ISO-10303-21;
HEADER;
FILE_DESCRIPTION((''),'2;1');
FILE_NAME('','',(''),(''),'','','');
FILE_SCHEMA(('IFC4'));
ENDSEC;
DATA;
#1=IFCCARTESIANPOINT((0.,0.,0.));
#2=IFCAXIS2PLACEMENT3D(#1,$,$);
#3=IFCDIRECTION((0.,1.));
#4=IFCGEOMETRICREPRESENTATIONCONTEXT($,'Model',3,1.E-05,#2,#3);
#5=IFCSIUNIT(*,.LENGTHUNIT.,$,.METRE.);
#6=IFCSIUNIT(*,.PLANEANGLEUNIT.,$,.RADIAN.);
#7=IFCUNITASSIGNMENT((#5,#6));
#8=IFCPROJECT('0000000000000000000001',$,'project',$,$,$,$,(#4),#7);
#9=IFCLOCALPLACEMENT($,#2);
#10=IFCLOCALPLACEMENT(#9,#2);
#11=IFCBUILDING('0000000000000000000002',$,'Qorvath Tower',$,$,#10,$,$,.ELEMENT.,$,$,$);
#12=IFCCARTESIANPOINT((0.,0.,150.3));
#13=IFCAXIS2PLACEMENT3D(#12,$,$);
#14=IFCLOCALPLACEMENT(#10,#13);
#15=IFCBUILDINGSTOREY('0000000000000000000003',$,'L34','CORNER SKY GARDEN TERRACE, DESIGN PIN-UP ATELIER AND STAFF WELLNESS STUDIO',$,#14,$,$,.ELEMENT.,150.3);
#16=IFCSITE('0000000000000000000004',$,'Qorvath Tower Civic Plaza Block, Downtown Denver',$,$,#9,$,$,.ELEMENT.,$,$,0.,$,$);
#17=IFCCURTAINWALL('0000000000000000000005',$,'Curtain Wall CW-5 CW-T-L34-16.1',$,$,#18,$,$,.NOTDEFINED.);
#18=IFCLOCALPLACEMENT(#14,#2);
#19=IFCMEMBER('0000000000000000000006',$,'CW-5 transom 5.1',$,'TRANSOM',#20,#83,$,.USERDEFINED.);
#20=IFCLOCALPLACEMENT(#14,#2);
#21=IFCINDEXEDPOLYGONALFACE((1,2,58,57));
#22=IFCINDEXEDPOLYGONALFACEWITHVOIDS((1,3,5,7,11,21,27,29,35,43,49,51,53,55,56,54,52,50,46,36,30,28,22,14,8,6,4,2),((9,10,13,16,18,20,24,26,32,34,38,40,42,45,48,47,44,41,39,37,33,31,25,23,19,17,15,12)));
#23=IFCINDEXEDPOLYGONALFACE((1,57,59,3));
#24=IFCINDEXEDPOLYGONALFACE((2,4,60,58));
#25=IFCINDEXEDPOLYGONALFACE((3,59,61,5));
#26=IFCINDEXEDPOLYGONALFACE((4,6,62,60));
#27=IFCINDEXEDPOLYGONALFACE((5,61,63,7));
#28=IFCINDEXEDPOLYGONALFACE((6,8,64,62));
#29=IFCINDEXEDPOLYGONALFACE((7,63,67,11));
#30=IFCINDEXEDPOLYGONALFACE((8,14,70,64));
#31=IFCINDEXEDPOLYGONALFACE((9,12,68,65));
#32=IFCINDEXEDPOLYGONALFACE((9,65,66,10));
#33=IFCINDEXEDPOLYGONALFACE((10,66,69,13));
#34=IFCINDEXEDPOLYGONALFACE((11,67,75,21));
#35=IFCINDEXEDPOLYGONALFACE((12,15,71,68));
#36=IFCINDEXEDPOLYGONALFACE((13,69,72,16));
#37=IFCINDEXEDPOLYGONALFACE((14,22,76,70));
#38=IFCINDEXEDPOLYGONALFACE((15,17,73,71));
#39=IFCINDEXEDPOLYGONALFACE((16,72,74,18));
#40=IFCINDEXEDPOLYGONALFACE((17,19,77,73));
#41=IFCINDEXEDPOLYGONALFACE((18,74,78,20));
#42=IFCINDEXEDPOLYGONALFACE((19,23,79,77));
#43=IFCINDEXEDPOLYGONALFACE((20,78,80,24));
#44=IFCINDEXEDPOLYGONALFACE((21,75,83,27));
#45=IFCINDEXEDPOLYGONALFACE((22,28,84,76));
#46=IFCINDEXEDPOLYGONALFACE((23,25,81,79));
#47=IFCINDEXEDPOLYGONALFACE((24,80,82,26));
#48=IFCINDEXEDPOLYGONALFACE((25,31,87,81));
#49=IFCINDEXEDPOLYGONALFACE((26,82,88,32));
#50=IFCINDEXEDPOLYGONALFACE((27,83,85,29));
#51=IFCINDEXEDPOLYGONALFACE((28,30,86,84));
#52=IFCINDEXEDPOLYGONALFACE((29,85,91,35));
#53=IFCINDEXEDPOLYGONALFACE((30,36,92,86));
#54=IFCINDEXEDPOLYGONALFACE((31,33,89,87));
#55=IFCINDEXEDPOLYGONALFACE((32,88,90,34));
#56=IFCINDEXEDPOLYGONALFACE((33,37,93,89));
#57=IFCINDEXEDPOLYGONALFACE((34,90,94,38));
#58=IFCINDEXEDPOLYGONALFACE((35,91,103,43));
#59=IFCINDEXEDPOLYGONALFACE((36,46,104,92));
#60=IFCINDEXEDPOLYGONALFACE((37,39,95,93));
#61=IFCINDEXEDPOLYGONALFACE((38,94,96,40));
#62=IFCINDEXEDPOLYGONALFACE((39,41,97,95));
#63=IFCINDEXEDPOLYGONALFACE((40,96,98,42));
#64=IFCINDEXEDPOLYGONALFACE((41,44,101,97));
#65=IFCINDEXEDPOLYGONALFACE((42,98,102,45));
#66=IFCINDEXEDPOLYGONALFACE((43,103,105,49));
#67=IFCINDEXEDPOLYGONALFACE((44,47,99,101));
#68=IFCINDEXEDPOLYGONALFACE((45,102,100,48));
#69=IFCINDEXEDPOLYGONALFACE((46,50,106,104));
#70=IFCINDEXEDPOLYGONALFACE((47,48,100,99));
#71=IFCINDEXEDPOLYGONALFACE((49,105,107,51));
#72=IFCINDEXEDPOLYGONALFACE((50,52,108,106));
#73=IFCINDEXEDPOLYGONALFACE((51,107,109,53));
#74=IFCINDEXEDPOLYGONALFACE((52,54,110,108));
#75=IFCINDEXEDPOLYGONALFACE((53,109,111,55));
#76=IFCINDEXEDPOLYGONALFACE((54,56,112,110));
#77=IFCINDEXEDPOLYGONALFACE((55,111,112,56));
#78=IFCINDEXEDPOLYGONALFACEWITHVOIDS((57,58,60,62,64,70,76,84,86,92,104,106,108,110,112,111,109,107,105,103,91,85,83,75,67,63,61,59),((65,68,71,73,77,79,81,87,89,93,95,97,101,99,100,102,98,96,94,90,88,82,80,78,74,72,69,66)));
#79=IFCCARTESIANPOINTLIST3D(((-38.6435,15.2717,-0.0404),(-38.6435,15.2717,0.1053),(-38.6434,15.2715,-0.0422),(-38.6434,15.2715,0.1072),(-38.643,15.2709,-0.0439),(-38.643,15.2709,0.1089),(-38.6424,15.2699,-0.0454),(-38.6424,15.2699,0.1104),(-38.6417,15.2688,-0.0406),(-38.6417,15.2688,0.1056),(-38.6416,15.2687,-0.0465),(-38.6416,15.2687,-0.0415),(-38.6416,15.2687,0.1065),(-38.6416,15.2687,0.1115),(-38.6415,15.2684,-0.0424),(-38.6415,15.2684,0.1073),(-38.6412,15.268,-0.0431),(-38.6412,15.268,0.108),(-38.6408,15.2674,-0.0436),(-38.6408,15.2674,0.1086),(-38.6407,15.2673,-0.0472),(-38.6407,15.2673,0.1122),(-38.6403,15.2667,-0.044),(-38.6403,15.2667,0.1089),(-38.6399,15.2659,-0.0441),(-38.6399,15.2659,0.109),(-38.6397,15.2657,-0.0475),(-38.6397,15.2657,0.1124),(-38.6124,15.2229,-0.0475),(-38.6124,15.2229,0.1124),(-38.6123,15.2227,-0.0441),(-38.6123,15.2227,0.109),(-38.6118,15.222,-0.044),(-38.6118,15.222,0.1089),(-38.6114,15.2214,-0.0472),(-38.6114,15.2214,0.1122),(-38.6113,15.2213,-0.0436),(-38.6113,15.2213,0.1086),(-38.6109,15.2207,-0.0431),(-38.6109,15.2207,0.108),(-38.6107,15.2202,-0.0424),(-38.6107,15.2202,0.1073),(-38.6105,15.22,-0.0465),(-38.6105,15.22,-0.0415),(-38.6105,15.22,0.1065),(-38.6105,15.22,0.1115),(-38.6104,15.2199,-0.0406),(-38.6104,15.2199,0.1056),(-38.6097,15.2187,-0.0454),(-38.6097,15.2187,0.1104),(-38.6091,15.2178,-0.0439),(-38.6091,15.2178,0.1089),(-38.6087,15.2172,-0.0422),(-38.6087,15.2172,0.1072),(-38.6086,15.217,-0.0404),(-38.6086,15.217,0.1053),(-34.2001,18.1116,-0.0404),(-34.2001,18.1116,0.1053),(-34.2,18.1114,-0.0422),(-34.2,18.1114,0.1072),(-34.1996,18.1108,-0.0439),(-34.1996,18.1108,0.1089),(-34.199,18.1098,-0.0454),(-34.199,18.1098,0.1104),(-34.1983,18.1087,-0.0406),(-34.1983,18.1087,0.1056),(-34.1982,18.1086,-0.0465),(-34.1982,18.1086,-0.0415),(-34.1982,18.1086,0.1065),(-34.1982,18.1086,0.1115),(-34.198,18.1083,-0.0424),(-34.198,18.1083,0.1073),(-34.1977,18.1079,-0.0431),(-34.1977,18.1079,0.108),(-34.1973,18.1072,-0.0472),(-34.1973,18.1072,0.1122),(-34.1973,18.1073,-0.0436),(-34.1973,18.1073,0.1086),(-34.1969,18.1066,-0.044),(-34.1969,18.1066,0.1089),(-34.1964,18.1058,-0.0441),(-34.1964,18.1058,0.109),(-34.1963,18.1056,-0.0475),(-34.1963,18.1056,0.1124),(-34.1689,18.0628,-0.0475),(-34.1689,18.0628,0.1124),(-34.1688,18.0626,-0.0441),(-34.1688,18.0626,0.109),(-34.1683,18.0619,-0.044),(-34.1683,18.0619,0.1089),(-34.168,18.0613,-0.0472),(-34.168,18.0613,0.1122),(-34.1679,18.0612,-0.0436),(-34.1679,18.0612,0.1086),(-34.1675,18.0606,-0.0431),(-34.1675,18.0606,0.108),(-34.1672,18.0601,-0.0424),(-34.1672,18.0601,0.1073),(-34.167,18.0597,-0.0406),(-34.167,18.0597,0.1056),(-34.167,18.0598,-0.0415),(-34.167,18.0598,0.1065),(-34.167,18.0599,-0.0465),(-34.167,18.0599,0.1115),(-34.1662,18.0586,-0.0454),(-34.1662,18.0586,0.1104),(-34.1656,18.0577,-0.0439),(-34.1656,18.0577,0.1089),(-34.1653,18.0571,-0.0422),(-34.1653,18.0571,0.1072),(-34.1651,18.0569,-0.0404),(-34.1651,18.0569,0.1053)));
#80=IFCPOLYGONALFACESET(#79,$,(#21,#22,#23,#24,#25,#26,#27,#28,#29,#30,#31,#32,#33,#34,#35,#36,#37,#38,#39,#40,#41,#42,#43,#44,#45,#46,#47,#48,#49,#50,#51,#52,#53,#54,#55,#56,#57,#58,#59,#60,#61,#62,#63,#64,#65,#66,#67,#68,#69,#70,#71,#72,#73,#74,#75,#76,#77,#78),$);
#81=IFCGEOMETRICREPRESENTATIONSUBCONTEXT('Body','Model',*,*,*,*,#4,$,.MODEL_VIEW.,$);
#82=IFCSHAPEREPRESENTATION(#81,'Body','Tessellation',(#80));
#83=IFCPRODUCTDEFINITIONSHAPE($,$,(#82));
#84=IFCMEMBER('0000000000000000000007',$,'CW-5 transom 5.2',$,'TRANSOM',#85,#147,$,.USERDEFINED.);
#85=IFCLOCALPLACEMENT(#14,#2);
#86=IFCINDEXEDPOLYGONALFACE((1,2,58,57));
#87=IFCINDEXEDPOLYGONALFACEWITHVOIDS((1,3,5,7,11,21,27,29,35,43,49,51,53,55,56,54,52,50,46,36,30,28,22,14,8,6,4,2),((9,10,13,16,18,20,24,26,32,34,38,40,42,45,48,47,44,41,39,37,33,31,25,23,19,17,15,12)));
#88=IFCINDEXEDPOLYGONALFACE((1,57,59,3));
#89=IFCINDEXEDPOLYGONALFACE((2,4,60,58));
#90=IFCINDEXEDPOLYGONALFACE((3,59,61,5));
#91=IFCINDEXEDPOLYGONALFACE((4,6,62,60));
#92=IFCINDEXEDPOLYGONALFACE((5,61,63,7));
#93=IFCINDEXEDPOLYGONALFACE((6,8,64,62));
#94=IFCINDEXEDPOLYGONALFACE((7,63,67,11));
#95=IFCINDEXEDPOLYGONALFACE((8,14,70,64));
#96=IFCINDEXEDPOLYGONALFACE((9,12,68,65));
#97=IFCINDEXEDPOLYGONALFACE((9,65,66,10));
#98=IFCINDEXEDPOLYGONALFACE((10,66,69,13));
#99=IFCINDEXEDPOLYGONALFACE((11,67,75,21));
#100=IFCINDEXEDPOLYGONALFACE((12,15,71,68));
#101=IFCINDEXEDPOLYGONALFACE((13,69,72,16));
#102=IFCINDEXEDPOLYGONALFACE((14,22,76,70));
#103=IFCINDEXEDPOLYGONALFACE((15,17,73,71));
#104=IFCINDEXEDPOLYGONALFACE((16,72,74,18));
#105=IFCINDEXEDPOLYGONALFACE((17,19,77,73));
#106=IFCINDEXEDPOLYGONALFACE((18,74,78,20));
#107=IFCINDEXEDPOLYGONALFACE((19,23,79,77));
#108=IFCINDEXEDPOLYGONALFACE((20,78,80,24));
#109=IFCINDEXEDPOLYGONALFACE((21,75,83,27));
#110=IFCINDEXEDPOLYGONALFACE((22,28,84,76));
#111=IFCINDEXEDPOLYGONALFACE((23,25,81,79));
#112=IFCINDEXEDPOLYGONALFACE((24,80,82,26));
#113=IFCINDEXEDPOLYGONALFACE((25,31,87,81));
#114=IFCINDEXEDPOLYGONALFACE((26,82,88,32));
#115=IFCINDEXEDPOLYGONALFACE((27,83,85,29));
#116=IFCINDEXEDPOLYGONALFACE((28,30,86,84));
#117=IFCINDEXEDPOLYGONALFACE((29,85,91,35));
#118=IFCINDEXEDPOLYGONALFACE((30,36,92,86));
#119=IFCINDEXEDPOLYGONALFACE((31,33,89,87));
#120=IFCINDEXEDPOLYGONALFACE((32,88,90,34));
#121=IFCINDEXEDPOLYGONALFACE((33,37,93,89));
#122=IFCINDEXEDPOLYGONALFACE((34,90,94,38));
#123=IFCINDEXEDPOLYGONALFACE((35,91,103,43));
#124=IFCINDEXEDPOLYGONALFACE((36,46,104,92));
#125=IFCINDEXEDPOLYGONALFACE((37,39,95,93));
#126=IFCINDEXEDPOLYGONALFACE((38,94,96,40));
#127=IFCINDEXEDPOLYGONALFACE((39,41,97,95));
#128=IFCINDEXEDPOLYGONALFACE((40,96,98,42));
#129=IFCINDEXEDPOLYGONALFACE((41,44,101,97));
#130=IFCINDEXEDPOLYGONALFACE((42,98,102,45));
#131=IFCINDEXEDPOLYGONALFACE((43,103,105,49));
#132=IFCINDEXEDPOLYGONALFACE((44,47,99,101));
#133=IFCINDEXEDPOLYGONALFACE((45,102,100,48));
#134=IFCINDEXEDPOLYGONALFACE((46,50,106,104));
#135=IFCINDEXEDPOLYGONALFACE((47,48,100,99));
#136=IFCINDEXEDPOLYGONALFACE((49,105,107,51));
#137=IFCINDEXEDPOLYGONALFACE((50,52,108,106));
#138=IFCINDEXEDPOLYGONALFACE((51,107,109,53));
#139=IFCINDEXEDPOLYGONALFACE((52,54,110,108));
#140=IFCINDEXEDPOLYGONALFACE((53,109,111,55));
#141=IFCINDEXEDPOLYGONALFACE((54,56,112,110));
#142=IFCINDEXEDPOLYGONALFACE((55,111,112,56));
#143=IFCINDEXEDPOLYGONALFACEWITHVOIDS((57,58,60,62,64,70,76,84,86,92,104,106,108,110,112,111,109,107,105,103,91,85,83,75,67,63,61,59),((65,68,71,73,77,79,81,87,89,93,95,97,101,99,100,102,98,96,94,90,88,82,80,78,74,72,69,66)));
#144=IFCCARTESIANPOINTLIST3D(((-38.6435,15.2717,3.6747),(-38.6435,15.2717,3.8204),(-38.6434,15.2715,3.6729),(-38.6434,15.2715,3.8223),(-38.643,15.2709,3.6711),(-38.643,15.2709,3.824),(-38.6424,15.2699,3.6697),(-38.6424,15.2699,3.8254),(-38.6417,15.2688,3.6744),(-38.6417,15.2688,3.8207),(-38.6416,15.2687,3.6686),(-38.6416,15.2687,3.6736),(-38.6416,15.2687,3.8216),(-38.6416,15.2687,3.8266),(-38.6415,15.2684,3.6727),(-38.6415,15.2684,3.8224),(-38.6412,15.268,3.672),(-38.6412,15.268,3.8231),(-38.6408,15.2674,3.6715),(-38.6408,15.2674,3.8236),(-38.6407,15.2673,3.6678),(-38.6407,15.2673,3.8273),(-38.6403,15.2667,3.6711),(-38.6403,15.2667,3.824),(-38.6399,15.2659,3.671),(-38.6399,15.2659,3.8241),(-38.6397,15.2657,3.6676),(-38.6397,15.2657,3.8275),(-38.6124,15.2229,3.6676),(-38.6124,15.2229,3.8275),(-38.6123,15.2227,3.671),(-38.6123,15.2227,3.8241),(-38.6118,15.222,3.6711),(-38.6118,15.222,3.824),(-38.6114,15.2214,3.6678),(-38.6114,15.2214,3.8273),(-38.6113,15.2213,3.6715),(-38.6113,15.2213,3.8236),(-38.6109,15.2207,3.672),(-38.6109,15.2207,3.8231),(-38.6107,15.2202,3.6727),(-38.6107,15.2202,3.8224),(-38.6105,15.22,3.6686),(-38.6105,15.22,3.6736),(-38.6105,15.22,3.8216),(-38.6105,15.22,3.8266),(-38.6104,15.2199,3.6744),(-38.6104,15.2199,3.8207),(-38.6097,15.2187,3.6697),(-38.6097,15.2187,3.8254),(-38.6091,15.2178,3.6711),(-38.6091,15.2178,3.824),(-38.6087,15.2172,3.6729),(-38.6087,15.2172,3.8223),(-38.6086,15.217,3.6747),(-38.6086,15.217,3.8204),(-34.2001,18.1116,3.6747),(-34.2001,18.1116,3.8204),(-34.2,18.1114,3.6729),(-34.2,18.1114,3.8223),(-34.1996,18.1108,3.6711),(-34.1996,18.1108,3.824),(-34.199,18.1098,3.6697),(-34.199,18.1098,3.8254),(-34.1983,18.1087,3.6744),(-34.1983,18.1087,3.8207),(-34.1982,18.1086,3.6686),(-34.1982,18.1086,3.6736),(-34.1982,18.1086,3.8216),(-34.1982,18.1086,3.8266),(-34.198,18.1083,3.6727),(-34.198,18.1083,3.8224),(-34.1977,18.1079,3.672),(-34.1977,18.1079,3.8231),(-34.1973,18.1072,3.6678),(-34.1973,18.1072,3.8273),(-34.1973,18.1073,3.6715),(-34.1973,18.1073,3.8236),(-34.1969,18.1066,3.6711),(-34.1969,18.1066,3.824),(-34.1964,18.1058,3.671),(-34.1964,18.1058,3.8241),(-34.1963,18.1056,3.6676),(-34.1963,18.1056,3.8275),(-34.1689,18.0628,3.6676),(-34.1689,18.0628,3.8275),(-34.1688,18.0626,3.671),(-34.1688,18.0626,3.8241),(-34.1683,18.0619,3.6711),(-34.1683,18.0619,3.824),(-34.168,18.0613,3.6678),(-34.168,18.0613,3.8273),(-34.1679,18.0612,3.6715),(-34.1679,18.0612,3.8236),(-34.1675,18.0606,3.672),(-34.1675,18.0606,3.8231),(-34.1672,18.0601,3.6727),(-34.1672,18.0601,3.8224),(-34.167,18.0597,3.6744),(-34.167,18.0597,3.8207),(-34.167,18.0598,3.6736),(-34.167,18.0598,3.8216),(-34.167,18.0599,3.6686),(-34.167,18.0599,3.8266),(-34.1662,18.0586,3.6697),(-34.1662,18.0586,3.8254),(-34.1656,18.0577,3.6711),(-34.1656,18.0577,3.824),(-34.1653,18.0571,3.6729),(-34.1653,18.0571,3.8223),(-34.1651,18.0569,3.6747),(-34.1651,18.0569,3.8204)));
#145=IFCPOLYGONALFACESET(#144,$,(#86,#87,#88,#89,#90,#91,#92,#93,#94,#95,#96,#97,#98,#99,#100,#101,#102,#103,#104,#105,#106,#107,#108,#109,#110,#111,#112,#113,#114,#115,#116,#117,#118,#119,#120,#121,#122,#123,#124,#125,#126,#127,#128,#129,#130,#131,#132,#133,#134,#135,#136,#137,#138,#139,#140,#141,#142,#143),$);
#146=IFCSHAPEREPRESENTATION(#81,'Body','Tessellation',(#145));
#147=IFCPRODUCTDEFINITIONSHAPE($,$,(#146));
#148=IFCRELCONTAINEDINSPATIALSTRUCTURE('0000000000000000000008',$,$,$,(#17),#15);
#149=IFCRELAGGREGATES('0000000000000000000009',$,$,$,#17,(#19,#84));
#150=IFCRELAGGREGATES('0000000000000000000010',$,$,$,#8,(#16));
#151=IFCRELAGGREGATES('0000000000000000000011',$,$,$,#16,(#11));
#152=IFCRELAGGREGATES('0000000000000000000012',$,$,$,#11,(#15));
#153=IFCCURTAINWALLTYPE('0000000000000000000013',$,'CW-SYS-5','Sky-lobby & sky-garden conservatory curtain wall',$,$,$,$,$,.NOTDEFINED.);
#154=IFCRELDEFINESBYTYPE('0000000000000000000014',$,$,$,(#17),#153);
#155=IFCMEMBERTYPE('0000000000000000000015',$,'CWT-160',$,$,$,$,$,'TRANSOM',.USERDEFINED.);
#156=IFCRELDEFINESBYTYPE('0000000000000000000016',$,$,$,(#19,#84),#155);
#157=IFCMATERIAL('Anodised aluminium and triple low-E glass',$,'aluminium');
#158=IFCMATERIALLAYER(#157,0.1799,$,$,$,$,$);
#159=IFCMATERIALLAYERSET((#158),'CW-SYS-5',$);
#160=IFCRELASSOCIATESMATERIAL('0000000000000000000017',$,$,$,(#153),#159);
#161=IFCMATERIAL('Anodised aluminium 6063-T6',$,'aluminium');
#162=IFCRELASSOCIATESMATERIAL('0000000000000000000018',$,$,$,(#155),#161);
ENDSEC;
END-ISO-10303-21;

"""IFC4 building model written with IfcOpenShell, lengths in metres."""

from ifc_helpers import new_model, si_unit, direction, frame, origin, origin_2d, place, context, subcontext, project, spatial, hollow_rectangle, extrude, material, layer, layer_set, material_profile, profile_set, type_object, element, aggregate, save


model = new_model("IFC4")

# Units and contexts
model_context = context("Model", 3, precision=1e-05, world=origin(), true_north=direction((0.0, 1.0)))
body_context = subcontext(model_context, "Body", "Model", "MODEL_VIEW")
ifc_project = project(units=[si_unit("LENGTHUNIT", "METRE"), si_unit("PLANEANGLEUNIT", "RADIAN")], contexts=[model_context])

# Site, building, storey
site_placement = place(None, origin())
site = spatial("IfcSite", under=ifc_project, at=site_placement, Name="Qorvath Tower Civic Plaza Block, Downtown Denver", CompositionType="ELEMENT", RefElevation=0.0)
building_placement = place(site_placement, origin())
building = spatial("IfcBuilding", under=site, at=building_placement, Name="Qorvath Tower", CompositionType="ELEMENT")
storey_placement = place(building_placement, frame((0.0, 0.0, 150.3)))
storey = spatial("IfcBuildingStorey", under=building, at=storey_placement, Name="L34", Description="CORNER SKY GARDEN TERRACE, DESIGN PIN-UP ATELIER AND STAFF WELLNESS STUDIO", CompositionType="ELEMENT", Elevation=150.3)

# Curtain wall, members
ifc_material_1 = material(Name="Anodised aluminium and triple low-E glass", Category="aluminium")
ifc_layer_1 = layer(ifc_material_1, 0.1799)
ifc_layer_set_1 = layer_set([ifc_layer_1], Name="CW-SYS-5")
curtain_wall_type = type_object("IfcCurtainWallType", Name="CW-SYS-5", Description="Sky-lobby & sky-garden conservatory curtain wall", PredefinedType="NOTDEFINED", material=ifc_layer_set_1)
curtain_wall_placement = place(storey_placement, origin())
curtain_wall = element("IfcCurtainWall", 1, at=curtain_wall_placement, inside=storey, type_object=curtain_wall_type, Name="Curtain Wall CW-5 CW-T-L34-16.1", PredefinedType="NOTDEFINED")
ifc_material_2 = material(Name="Anodised aluminium 6063-T6", Category="aluminium")
ifc_material_profile_1 = material_profile(ifc_material_2, hollow_rectangle(XDim=0.0649, YDim=0.1599, WallThickness=0.0034, InnerFilletRadius=0.0034, OuterFilletRadius=0.0071, at=origin_2d()), Name="CWT 160x65")
ifc_profile_set_1 = profile_set([ifc_material_profile_1], Name="Anodised aluminium 6063-T6")
member_type_1 = type_object("IfcMemberType", Name="CWT-160", ElementType="TRANSOM", PredefinedType="USERDEFINED", material=ifc_profile_set_1)
member_1_placement = place(storey_placement, frame((-34.1826, 18.0842, 0.0325), z_axis=(-0.842608, -0.538528, 0.0), x_axis=(0.538528, -0.842608, 0.0)))
member_1 = element("IfcMember", 2, at=member_1_placement, type_object=member_type_1, Name="CW-5 transom 5.1", ObjectType="TRANSOM", PredefinedType="USERDEFINED", context=body_context, shape_type="SweptSolid", body=[
    extrude(hollow_rectangle(XDim=0.0649, YDim=0.1599, WallThickness=0.0034, InnerFilletRadius=0.0034, OuterFilletRadius=0.0071, at=origin_2d()), origin(), (0.0, 0.0, 1.0), 5.2734),
])
member_2_placement = place(storey_placement, frame((-34.1826, 18.0842, 3.7476), z_axis=(-0.842608, -0.538528, 0.0), x_axis=(0.538528, -0.842608, 0.0)))
member_2 = element("IfcMember", 3, at=member_2_placement, type_object=member_type_1, Name="CW-5 transom 5.2", ObjectType="TRANSOM", PredefinedType="USERDEFINED", context=body_context, shape_type="SweptSolid", body=[
    extrude(hollow_rectangle(XDim=0.0649, YDim=0.1599, WallThickness=0.0034, InnerFilletRadius=0.0034, OuterFilletRadius=0.0071, at=origin_2d()), origin(), (0.0, 0.0, 1.0), 5.2734),
])
aggregate(curtain_wall, [member_1, member_2])

save(model, "model.ifc")
